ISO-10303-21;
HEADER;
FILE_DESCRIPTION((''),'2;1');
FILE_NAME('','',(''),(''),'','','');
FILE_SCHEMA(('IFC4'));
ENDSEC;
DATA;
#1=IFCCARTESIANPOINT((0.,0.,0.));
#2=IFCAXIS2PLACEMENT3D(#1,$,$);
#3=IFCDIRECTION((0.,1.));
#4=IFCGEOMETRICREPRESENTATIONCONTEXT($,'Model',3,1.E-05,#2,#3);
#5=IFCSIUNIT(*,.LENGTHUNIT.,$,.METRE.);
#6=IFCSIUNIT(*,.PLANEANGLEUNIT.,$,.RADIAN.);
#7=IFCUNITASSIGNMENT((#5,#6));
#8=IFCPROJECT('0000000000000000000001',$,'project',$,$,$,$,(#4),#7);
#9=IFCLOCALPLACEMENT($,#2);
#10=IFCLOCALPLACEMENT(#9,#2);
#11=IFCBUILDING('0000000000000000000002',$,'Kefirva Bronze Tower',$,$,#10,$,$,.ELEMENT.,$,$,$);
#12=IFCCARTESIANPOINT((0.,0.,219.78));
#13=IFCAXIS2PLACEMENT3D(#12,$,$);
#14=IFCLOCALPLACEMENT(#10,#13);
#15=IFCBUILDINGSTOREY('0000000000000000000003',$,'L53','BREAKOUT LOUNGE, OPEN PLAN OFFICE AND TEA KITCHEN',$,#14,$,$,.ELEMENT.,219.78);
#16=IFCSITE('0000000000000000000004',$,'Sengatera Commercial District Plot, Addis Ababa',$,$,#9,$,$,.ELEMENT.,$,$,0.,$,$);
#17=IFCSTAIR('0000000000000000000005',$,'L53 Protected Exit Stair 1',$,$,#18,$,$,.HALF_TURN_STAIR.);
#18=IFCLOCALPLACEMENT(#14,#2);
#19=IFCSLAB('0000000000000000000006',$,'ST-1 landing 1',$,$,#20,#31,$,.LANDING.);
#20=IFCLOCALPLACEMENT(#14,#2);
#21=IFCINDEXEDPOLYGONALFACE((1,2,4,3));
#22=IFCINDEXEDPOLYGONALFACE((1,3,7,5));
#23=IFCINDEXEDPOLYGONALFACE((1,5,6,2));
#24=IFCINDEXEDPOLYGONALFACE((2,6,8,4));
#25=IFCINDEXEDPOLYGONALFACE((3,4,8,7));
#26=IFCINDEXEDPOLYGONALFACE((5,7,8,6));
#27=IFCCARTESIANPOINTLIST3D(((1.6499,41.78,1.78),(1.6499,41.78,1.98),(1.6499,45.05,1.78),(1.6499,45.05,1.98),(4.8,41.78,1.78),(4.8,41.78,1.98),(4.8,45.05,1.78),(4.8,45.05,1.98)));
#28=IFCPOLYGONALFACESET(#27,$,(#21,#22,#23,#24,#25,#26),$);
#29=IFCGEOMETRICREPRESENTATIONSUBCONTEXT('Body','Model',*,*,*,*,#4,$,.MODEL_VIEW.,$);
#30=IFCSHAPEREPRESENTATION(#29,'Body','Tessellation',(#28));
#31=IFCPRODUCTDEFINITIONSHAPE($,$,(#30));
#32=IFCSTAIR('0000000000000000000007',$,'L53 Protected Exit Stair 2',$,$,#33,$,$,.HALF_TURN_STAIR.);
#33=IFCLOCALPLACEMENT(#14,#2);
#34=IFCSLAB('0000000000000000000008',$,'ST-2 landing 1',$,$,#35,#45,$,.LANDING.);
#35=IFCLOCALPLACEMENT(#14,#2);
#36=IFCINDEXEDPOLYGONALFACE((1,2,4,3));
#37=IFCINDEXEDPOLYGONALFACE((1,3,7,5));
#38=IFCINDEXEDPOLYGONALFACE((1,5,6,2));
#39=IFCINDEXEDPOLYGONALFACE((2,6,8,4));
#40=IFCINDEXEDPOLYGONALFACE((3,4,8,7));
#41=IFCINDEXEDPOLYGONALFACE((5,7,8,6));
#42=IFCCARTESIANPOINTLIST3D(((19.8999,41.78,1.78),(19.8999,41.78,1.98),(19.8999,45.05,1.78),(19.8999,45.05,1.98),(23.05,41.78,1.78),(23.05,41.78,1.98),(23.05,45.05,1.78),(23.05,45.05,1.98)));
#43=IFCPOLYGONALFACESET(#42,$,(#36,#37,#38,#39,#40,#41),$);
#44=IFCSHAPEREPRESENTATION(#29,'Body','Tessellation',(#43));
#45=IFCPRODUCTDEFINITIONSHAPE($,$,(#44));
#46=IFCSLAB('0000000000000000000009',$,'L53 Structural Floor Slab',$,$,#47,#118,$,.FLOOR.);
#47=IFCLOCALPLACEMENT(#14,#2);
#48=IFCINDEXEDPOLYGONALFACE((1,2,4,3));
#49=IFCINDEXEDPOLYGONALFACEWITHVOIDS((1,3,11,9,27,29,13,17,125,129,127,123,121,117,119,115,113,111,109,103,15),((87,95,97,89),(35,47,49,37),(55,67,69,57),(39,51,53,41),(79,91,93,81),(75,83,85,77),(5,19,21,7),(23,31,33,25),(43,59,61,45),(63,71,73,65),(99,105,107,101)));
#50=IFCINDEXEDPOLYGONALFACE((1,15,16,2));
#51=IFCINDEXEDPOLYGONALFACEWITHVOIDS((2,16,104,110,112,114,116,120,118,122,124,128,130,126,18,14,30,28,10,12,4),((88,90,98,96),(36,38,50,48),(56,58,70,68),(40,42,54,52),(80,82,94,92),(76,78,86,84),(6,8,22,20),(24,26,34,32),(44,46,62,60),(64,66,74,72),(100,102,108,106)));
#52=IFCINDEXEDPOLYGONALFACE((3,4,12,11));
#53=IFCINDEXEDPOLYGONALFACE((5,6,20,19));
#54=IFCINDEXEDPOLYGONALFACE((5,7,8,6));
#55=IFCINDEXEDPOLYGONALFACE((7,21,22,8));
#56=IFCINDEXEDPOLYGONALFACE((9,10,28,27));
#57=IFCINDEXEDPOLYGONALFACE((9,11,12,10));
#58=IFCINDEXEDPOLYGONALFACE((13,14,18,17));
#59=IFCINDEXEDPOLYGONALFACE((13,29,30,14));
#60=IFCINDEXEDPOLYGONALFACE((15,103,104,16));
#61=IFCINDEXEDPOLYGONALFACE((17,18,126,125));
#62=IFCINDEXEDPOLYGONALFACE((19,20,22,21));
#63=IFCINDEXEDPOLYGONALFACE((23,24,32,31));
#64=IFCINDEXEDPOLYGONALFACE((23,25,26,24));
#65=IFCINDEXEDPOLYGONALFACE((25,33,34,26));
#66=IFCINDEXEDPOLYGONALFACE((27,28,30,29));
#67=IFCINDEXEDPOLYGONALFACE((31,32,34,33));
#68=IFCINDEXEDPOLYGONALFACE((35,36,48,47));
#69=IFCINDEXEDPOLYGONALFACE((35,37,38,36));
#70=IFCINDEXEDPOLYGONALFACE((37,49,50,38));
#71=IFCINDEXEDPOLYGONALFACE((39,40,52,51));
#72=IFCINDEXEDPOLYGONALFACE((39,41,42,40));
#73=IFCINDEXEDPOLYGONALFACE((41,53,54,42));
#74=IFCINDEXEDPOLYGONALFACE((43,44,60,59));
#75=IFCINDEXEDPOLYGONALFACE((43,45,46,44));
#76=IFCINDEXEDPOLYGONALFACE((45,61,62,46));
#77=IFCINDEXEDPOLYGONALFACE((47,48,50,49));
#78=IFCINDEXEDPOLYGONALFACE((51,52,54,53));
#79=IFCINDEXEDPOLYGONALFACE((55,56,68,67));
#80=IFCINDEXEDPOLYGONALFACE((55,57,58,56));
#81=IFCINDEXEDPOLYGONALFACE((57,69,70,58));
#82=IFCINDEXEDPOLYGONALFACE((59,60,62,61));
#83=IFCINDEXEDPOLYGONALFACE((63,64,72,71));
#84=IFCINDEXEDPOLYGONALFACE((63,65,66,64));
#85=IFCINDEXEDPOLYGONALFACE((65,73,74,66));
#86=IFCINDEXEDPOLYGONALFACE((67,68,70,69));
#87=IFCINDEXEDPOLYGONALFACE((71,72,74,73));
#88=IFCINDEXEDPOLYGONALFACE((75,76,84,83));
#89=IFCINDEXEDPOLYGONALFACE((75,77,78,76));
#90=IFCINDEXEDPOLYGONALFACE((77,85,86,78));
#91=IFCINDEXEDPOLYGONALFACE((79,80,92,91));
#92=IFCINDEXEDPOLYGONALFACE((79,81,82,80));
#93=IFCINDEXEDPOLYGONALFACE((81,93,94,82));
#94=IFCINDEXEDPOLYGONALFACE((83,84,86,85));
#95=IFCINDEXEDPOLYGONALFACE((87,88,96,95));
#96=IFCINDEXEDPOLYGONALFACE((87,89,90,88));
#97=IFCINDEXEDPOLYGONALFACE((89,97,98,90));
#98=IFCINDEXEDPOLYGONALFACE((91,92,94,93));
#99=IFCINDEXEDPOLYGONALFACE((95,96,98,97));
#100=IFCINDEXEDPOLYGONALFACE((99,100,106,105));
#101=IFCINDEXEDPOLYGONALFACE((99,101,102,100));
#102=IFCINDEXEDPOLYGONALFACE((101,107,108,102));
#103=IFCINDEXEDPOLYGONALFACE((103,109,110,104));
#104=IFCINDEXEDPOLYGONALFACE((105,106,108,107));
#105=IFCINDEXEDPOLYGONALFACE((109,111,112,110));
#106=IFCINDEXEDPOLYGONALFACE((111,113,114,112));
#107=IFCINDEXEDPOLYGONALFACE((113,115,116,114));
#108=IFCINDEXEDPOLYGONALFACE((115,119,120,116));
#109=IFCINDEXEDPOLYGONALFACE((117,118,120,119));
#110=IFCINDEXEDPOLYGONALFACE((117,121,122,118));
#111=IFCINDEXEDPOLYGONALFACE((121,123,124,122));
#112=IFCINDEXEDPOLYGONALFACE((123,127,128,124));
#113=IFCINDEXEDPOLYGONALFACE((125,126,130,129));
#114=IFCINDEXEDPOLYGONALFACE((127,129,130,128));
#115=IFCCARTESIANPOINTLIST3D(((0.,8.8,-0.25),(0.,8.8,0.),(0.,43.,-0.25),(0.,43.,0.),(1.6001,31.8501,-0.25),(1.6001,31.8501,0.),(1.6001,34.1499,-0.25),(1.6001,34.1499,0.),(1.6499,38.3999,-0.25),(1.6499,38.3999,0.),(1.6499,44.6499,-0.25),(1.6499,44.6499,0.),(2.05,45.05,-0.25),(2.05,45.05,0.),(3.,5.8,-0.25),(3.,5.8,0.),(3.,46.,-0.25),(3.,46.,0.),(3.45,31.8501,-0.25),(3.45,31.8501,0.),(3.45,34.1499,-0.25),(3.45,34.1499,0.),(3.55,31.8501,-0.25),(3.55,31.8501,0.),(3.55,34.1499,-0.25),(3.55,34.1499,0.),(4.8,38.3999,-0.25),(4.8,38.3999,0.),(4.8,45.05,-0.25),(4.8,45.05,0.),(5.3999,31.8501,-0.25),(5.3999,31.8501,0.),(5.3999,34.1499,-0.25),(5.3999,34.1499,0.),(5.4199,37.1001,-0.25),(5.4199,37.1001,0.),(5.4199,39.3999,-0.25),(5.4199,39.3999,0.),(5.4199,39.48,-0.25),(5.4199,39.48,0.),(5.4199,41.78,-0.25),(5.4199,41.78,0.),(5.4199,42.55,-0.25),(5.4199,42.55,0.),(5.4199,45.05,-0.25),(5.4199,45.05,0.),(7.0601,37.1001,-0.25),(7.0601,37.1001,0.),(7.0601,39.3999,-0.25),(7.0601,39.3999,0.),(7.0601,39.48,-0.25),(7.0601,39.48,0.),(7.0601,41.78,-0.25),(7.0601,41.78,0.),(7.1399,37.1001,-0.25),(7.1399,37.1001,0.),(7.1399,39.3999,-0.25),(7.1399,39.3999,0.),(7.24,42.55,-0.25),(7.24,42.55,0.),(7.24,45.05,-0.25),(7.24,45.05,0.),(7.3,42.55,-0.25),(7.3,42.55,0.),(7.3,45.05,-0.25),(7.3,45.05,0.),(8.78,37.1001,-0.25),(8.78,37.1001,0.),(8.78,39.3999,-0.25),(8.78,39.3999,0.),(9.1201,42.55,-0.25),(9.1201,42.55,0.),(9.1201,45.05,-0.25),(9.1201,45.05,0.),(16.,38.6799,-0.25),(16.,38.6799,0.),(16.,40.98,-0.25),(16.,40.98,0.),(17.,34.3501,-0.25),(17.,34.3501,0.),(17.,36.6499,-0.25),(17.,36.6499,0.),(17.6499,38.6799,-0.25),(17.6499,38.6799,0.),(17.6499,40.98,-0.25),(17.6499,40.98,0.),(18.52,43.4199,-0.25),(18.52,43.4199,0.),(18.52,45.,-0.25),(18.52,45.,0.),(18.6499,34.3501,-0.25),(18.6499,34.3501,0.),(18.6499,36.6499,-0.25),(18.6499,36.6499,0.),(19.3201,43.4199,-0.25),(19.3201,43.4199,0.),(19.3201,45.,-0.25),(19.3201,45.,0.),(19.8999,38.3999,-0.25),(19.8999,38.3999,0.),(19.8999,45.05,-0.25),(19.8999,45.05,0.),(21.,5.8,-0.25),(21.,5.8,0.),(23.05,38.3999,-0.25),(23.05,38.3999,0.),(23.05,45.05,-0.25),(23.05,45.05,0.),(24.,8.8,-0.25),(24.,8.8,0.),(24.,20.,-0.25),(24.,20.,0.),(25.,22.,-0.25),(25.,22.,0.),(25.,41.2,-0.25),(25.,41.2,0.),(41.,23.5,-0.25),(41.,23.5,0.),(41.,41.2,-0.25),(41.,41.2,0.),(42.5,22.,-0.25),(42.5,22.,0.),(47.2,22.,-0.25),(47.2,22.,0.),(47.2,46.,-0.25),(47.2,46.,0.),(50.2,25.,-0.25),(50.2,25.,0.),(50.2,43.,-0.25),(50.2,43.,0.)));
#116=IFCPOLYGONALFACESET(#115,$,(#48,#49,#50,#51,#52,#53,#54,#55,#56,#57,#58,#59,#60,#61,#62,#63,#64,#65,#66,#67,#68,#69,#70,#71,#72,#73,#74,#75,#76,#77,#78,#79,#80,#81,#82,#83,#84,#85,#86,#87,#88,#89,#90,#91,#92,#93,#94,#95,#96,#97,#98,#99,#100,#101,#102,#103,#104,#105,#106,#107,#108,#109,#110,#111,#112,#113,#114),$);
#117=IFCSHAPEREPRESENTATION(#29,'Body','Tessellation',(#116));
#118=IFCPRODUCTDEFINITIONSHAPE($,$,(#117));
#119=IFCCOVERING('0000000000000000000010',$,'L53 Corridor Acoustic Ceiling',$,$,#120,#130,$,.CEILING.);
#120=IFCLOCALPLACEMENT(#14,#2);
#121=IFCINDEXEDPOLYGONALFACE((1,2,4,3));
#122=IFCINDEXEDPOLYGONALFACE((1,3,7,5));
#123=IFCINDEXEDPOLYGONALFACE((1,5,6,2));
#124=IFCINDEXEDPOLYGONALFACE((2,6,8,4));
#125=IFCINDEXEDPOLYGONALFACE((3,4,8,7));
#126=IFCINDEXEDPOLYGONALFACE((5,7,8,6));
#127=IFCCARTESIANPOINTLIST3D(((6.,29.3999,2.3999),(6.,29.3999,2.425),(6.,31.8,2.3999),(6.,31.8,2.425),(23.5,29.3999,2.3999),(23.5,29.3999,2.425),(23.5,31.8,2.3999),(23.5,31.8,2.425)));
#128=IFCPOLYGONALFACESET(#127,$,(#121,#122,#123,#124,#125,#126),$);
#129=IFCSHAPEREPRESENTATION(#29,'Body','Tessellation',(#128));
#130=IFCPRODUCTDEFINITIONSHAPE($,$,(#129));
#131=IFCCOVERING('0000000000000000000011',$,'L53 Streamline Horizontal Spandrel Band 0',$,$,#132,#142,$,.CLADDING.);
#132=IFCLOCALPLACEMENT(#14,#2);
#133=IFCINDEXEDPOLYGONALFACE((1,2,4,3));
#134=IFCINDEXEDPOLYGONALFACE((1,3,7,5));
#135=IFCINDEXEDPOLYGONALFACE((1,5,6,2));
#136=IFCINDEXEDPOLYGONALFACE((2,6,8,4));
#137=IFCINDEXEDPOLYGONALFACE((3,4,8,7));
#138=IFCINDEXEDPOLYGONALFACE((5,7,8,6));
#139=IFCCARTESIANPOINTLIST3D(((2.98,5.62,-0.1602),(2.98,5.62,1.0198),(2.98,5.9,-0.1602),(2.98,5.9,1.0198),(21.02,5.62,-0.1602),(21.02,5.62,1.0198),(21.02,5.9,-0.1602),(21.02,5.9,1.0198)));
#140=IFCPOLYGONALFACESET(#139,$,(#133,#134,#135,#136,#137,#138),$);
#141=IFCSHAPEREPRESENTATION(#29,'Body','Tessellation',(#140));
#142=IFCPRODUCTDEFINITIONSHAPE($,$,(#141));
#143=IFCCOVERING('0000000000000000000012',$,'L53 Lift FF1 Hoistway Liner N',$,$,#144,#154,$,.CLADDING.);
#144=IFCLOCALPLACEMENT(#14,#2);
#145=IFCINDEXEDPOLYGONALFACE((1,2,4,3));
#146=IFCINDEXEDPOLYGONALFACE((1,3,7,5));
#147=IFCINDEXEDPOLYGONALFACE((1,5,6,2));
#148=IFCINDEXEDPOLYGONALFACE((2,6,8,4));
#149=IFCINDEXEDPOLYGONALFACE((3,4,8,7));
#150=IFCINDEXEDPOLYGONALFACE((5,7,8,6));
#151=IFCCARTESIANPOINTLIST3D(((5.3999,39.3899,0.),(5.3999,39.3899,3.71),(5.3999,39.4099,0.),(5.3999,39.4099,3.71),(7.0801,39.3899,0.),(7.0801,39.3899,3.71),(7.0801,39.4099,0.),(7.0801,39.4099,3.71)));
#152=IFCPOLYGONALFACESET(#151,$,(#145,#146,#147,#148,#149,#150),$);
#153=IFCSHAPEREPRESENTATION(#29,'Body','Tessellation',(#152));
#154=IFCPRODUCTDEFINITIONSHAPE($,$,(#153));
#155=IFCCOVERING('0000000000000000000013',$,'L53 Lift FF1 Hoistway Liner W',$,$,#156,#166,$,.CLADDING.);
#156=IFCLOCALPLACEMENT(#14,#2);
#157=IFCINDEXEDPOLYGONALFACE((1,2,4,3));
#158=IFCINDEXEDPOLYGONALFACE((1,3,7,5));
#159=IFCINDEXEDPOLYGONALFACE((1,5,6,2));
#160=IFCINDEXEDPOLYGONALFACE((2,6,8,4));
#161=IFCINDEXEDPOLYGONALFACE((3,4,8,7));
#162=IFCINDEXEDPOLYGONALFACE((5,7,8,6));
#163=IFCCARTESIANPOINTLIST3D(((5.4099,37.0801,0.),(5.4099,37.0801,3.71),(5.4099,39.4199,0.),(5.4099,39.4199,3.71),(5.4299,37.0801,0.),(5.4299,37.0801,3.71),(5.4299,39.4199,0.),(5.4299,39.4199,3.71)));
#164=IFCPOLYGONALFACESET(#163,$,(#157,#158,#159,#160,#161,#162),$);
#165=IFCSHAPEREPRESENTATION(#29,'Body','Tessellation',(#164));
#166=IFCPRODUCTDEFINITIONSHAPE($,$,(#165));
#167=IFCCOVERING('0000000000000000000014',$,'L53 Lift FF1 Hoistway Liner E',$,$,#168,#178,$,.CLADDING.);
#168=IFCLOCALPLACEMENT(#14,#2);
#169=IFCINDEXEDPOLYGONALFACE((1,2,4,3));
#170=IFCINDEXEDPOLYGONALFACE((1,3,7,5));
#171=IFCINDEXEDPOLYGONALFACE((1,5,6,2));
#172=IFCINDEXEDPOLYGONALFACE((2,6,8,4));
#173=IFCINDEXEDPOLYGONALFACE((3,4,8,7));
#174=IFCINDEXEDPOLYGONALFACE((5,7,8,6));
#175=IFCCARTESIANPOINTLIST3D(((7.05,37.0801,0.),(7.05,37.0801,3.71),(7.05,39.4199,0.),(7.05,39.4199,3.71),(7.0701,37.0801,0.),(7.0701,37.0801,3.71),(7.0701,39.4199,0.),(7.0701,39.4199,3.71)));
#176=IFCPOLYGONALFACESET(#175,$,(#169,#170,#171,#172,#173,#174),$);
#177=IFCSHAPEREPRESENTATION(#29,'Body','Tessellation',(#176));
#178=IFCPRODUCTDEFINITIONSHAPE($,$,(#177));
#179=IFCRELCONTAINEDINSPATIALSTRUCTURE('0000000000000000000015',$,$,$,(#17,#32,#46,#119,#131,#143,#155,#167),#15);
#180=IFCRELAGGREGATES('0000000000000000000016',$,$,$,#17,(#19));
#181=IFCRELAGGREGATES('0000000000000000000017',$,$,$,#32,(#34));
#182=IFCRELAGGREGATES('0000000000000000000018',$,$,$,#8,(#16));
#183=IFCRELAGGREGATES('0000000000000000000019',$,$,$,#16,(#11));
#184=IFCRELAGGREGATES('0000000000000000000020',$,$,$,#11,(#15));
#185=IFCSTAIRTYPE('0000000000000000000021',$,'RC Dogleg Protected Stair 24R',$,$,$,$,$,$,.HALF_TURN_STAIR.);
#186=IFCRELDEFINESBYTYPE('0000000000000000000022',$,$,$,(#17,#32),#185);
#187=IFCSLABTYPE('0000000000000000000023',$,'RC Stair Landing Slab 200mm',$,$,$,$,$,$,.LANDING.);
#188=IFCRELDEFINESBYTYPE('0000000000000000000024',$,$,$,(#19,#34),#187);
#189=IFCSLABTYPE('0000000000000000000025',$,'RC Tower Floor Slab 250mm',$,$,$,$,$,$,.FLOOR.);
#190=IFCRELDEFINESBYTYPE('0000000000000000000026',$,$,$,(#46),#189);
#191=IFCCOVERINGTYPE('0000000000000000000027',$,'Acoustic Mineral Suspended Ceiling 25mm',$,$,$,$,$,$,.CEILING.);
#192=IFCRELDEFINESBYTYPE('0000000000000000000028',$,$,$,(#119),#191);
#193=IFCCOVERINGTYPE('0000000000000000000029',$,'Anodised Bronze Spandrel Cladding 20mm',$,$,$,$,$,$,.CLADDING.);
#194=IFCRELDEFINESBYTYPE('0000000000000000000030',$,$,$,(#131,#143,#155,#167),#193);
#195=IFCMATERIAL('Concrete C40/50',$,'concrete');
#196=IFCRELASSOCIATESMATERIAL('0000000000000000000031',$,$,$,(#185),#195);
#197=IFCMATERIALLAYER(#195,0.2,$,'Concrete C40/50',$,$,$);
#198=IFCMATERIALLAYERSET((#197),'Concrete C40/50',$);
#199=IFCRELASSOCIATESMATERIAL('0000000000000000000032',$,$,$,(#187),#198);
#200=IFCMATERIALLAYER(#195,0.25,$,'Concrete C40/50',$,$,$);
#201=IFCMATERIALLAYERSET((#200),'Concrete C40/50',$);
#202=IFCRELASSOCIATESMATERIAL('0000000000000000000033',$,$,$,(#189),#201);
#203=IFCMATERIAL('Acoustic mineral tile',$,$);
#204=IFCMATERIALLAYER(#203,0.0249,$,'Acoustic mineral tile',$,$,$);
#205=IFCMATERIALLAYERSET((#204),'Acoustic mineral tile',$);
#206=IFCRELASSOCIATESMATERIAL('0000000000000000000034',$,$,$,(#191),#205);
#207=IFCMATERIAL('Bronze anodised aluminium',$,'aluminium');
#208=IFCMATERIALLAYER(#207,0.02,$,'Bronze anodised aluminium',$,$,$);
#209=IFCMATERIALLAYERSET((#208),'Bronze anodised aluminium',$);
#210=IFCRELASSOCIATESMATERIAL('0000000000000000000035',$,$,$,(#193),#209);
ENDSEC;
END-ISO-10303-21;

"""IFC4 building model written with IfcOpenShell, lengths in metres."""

from ifc_helpers import new_model, si_unit, direction, frame, origin, origin_2d, place, context, subcontext, project, spatial, polyline, rectangle, outline, extrude, material, layer, layer_set, type_object, element, aggregate, save


model = new_model("IFC4")

# Units and contexts
model_context = context("Model", 3, precision=1e-05, world=origin(), true_north=direction((0.0, 1.0)))
body_context = subcontext(model_context, "Body", "Model", "MODEL_VIEW")
ifc_project = project(units=[si_unit("LENGTHUNIT", "METRE"), si_unit("PLANEANGLEUNIT", "RADIAN")], contexts=[model_context])

# Site, building, storey
site_placement = place(None, origin())
site = spatial("IfcSite", under=ifc_project, at=site_placement, Name="Sengatera Commercial District Plot, Addis Ababa", CompositionType="ELEMENT", RefElevation=0.0)
building_placement = place(site_placement, origin())
building = spatial("IfcBuilding", under=site, at=building_placement, Name="Kefirva Bronze Tower", CompositionType="ELEMENT")
storey_placement = place(building_placement, frame((0.0, 0.0, 219.78)))
storey = spatial("IfcBuildingStorey", under=building, at=storey_placement, Name="L53", Description="BREAKOUT LOUNGE, OPEN PLAN OFFICE AND TEA KITCHEN", CompositionType="ELEMENT", Elevation=219.78)

# Stairs, slabs
ifc_material_1 = material(Name="Concrete C40/50", Category="concrete")
stair_type = type_object("IfcStairType", Name="RC Dogleg Protected Stair 24R", PredefinedType="HALF_TURN_STAIR", material=ifc_material_1)
stair_1_placement = place(storey_placement, origin())
stair_1 = element("IfcStair", 1, at=stair_1_placement, inside=storey, type_object=stair_type, Name="L53 Protected Exit Stair 1", PredefinedType="HALF_TURN_STAIR")
ifc_layer_1 = layer(ifc_material_1, 0.2, Name="Concrete C40/50")
ifc_layer_set_1 = layer_set([ifc_layer_1], Name="Concrete C40/50")
slab_type_1 = type_object("IfcSlabType", Name="RC Stair Landing Slab 200mm", PredefinedType="LANDING", material=ifc_layer_set_1)
slab_1_placement = place(storey_placement, frame((0.0, 0.0, 1.78)))
slab_1 = element("IfcSlab", 2, at=slab_1_placement, type_object=slab_type_1, Name="ST-1 landing 1", PredefinedType="LANDING", context=body_context, shape_type="SweptSolid", body=[
    extrude(outline(polyline([(4.8, 41.78), (4.8, 45.05), (1.6499, 45.05), (1.6499, 41.78), (4.8, 41.78)])), origin(), (0.0, 0.0, 1.0), 0.2),
])
aggregate(stair_1, [slab_1])
stair_2_placement = place(storey_placement, origin())
stair_2 = element("IfcStair", 3, at=stair_2_placement, inside=storey, type_object=stair_type, Name="L53 Protected Exit Stair 2", PredefinedType="HALF_TURN_STAIR")
slab_2_placement = place(storey_placement, frame((0.0, 0.0, 1.78)))
slab_2 = element("IfcSlab", 4, at=slab_2_placement, type_object=slab_type_1, Name="ST-2 landing 1", PredefinedType="LANDING", context=body_context, shape_type="SweptSolid", body=[
    extrude(outline(polyline([(23.05, 41.78), (23.05, 45.05), (19.8999, 45.05), (19.8999, 41.78), (23.05, 41.78)])), origin(), (0.0, 0.0, 1.0), 0.2),
])
aggregate(stair_2, [slab_2])

# Slab
ifc_layer_2 = layer(ifc_material_1, 0.25, Name="Concrete C40/50")
ifc_layer_set_2 = layer_set([ifc_layer_2], Name="Concrete C40/50")
slab_type_2 = type_object("IfcSlabType", Name="RC Tower Floor Slab 250mm", PredefinedType="FLOOR", material=ifc_layer_set_2)
slab_3_placement = place(storey_placement, frame((0.0, 0.0, -0.25)))
element("IfcSlab", 5, at=slab_3_placement, inside=storey, type_object=slab_type_2, Name="L53 Structural Floor Slab", PredefinedType="FLOOR", context=body_context, shape_type="SweptSolid", body=[
    extrude(outline(polyline([(0.0, 8.8), (0.0, 43.0), (1.6499, 44.6499), (1.6499, 38.3999), (4.8, 38.3999), (4.8, 45.05), (2.05, 45.05), (3.0, 46.0), (47.2, 46.0), (50.2, 43.0), (50.2, 25.0), (47.2, 22.0), (42.5, 22.0), (41.0, 23.5), (41.0, 41.2), (25.0, 41.2), (25.0, 22.0), (24.0, 20.0), (24.0, 8.8), (21.0, 5.8), (3.0, 5.8), (0.0, 8.8)]), holes=[polyline([(23.05, 45.05), (19.8999, 45.05), (19.8999, 38.3999), (23.05, 38.3999), (23.05, 45.05)]), polyline([(19.3201, 43.4199), (19.3201, 45.0), (18.52, 45.0), (18.52, 43.4199), (19.3201, 43.4199)]), polyline([(18.6499, 36.6499), (17.0, 36.6499), (17.0, 34.3501), (18.6499, 34.3501), (18.6499, 36.6499)]), polyline([(17.6499, 38.6799), (17.6499, 40.98), (16.0, 40.98), (16.0, 38.6799), (17.6499, 38.6799)]), polyline([(9.1201, 42.55), (9.1201, 45.05), (7.3, 45.05), (7.3, 42.55), (9.1201, 42.55)]), polyline([(8.78, 37.1001), (8.78, 39.3999), (7.1399, 39.3999), (7.1399, 37.1001), (8.78, 37.1001)]), polyline([(7.24, 42.55), (7.24, 45.05), (5.4199, 45.05), (5.4199, 42.55), (7.24, 42.55)]), polyline([(7.0601, 37.1001), (7.0601, 39.3999), (5.4199, 39.3999), (5.4199, 37.1001), (7.0601, 37.1001)]), polyline([(7.0601, 41.78), (5.4199, 41.78), (5.4199, 39.48), (7.0601, 39.48), (7.0601, 41.78)]), polyline([(5.3999, 31.8501), (5.3999, 34.1499), (3.55, 34.1499), (3.55, 31.8501), (5.3999, 31.8501)]), polyline([(3.45, 34.1499), (1.6001, 34.1499), (1.6001, 31.8501), (3.45, 31.8501), (3.45, 34.1499)])]), origin(), (0.0, 0.0, 1.0), 0.25),
])

# Coverings
ifc_material_2 = material(Name="Acoustic mineral tile")
ifc_layer_3 = layer(ifc_material_2, 0.0249, Name="Acoustic mineral tile")
ifc_layer_set_3 = layer_set([ifc_layer_3], Name="Acoustic mineral tile")
covering_type_1 = type_object("IfcCoveringType", Name="Acoustic Mineral Suspended Ceiling 25mm", PredefinedType="CEILING", material=ifc_layer_set_3)
covering_1_placement = place(storey_placement, frame((0.0, 0.0, 2.3999)))
element("IfcCovering", 6, at=covering_1_placement, inside=storey, type_object=covering_type_1, Name="L53 Corridor Acoustic Ceiling", PredefinedType="CEILING", context=body_context, shape_type="SweptSolid", body=[
    extrude(outline(polyline([(6.0, 29.3999), (23.5, 29.3999), (23.5, 31.8), (6.0, 31.8), (6.0, 29.3999)])), origin(), (0.0, 0.0, 1.0), 0.0251),
])
ifc_material_3 = material(Name="Bronze anodised aluminium", Category="aluminium")
ifc_layer_4 = layer(ifc_material_3, 0.02, Name="Bronze anodised aluminium")
ifc_layer_set_4 = layer_set([ifc_layer_4], Name="Bronze anodised aluminium")
covering_type_2 = type_object("IfcCoveringType", Name="Anodised Bronze Spandrel Cladding 20mm", PredefinedType="CLADDING", material=ifc_layer_set_4)
covering_2_placement = place(storey_placement, frame((12.0, 5.76, -0.1602), z_axis=(0.0, 0.0, 1.0), x_axis=(1.0, 0.0, 0.0)))
element("IfcCovering", 7, at=covering_2_placement, inside=storey, type_object=covering_type_2, Name="L53 Streamline Horizontal Spandrel Band 0", PredefinedType="CLADDING", context=body_context, shape_type="SweptSolid", body=[
    extrude(rectangle(XDim=18.04, YDim=0.28, at=origin_2d()), origin(), (0.0, 0.0, 1.0), 1.1799),
])
covering_3_placement = place(storey_placement, origin())
element("IfcCovering", 8, at=covering_3_placement, inside=storey, type_object=covering_type_2, Name="L53 Lift FF1 Hoistway Liner N", PredefinedType="CLADDING", context=body_context, shape_type="SweptSolid", body=[
    extrude(outline(polyline([(5.3999, 39.3899), (7.0801, 39.3899), (7.0801, 39.4099), (5.3999, 39.4099), (5.3999, 39.3899)])), origin(), (0.0, 0.0, 1.0), 3.71),
])
covering_4_placement = place(storey_placement, origin())
element("IfcCovering", 9, at=covering_4_placement, inside=storey, type_object=covering_type_2, Name="L53 Lift FF1 Hoistway Liner W", PredefinedType="CLADDING", context=body_context, shape_type="SweptSolid", body=[
    extrude(outline(polyline([(5.4099, 37.0801), (5.4299, 37.0801), (5.4299, 39.4199), (5.4099, 39.4199), (5.4099, 37.0801)])), origin(), (0.0, 0.0, 1.0), 3.71),
])
covering_5_placement = place(storey_placement, origin())
element("IfcCovering", 10, at=covering_5_placement, inside=storey, type_object=covering_type_2, Name="L53 Lift FF1 Hoistway Liner E", PredefinedType="CLADDING", context=body_context, shape_type="SweptSolid", body=[
    extrude(outline(polyline([(7.05, 37.0801), (7.0701, 37.0801), (7.0701, 39.4199), (7.05, 39.4199), (7.05, 37.0801)])), origin(), (0.0, 0.0, 1.0), 3.71),
])

save(model, "model.ifc")
